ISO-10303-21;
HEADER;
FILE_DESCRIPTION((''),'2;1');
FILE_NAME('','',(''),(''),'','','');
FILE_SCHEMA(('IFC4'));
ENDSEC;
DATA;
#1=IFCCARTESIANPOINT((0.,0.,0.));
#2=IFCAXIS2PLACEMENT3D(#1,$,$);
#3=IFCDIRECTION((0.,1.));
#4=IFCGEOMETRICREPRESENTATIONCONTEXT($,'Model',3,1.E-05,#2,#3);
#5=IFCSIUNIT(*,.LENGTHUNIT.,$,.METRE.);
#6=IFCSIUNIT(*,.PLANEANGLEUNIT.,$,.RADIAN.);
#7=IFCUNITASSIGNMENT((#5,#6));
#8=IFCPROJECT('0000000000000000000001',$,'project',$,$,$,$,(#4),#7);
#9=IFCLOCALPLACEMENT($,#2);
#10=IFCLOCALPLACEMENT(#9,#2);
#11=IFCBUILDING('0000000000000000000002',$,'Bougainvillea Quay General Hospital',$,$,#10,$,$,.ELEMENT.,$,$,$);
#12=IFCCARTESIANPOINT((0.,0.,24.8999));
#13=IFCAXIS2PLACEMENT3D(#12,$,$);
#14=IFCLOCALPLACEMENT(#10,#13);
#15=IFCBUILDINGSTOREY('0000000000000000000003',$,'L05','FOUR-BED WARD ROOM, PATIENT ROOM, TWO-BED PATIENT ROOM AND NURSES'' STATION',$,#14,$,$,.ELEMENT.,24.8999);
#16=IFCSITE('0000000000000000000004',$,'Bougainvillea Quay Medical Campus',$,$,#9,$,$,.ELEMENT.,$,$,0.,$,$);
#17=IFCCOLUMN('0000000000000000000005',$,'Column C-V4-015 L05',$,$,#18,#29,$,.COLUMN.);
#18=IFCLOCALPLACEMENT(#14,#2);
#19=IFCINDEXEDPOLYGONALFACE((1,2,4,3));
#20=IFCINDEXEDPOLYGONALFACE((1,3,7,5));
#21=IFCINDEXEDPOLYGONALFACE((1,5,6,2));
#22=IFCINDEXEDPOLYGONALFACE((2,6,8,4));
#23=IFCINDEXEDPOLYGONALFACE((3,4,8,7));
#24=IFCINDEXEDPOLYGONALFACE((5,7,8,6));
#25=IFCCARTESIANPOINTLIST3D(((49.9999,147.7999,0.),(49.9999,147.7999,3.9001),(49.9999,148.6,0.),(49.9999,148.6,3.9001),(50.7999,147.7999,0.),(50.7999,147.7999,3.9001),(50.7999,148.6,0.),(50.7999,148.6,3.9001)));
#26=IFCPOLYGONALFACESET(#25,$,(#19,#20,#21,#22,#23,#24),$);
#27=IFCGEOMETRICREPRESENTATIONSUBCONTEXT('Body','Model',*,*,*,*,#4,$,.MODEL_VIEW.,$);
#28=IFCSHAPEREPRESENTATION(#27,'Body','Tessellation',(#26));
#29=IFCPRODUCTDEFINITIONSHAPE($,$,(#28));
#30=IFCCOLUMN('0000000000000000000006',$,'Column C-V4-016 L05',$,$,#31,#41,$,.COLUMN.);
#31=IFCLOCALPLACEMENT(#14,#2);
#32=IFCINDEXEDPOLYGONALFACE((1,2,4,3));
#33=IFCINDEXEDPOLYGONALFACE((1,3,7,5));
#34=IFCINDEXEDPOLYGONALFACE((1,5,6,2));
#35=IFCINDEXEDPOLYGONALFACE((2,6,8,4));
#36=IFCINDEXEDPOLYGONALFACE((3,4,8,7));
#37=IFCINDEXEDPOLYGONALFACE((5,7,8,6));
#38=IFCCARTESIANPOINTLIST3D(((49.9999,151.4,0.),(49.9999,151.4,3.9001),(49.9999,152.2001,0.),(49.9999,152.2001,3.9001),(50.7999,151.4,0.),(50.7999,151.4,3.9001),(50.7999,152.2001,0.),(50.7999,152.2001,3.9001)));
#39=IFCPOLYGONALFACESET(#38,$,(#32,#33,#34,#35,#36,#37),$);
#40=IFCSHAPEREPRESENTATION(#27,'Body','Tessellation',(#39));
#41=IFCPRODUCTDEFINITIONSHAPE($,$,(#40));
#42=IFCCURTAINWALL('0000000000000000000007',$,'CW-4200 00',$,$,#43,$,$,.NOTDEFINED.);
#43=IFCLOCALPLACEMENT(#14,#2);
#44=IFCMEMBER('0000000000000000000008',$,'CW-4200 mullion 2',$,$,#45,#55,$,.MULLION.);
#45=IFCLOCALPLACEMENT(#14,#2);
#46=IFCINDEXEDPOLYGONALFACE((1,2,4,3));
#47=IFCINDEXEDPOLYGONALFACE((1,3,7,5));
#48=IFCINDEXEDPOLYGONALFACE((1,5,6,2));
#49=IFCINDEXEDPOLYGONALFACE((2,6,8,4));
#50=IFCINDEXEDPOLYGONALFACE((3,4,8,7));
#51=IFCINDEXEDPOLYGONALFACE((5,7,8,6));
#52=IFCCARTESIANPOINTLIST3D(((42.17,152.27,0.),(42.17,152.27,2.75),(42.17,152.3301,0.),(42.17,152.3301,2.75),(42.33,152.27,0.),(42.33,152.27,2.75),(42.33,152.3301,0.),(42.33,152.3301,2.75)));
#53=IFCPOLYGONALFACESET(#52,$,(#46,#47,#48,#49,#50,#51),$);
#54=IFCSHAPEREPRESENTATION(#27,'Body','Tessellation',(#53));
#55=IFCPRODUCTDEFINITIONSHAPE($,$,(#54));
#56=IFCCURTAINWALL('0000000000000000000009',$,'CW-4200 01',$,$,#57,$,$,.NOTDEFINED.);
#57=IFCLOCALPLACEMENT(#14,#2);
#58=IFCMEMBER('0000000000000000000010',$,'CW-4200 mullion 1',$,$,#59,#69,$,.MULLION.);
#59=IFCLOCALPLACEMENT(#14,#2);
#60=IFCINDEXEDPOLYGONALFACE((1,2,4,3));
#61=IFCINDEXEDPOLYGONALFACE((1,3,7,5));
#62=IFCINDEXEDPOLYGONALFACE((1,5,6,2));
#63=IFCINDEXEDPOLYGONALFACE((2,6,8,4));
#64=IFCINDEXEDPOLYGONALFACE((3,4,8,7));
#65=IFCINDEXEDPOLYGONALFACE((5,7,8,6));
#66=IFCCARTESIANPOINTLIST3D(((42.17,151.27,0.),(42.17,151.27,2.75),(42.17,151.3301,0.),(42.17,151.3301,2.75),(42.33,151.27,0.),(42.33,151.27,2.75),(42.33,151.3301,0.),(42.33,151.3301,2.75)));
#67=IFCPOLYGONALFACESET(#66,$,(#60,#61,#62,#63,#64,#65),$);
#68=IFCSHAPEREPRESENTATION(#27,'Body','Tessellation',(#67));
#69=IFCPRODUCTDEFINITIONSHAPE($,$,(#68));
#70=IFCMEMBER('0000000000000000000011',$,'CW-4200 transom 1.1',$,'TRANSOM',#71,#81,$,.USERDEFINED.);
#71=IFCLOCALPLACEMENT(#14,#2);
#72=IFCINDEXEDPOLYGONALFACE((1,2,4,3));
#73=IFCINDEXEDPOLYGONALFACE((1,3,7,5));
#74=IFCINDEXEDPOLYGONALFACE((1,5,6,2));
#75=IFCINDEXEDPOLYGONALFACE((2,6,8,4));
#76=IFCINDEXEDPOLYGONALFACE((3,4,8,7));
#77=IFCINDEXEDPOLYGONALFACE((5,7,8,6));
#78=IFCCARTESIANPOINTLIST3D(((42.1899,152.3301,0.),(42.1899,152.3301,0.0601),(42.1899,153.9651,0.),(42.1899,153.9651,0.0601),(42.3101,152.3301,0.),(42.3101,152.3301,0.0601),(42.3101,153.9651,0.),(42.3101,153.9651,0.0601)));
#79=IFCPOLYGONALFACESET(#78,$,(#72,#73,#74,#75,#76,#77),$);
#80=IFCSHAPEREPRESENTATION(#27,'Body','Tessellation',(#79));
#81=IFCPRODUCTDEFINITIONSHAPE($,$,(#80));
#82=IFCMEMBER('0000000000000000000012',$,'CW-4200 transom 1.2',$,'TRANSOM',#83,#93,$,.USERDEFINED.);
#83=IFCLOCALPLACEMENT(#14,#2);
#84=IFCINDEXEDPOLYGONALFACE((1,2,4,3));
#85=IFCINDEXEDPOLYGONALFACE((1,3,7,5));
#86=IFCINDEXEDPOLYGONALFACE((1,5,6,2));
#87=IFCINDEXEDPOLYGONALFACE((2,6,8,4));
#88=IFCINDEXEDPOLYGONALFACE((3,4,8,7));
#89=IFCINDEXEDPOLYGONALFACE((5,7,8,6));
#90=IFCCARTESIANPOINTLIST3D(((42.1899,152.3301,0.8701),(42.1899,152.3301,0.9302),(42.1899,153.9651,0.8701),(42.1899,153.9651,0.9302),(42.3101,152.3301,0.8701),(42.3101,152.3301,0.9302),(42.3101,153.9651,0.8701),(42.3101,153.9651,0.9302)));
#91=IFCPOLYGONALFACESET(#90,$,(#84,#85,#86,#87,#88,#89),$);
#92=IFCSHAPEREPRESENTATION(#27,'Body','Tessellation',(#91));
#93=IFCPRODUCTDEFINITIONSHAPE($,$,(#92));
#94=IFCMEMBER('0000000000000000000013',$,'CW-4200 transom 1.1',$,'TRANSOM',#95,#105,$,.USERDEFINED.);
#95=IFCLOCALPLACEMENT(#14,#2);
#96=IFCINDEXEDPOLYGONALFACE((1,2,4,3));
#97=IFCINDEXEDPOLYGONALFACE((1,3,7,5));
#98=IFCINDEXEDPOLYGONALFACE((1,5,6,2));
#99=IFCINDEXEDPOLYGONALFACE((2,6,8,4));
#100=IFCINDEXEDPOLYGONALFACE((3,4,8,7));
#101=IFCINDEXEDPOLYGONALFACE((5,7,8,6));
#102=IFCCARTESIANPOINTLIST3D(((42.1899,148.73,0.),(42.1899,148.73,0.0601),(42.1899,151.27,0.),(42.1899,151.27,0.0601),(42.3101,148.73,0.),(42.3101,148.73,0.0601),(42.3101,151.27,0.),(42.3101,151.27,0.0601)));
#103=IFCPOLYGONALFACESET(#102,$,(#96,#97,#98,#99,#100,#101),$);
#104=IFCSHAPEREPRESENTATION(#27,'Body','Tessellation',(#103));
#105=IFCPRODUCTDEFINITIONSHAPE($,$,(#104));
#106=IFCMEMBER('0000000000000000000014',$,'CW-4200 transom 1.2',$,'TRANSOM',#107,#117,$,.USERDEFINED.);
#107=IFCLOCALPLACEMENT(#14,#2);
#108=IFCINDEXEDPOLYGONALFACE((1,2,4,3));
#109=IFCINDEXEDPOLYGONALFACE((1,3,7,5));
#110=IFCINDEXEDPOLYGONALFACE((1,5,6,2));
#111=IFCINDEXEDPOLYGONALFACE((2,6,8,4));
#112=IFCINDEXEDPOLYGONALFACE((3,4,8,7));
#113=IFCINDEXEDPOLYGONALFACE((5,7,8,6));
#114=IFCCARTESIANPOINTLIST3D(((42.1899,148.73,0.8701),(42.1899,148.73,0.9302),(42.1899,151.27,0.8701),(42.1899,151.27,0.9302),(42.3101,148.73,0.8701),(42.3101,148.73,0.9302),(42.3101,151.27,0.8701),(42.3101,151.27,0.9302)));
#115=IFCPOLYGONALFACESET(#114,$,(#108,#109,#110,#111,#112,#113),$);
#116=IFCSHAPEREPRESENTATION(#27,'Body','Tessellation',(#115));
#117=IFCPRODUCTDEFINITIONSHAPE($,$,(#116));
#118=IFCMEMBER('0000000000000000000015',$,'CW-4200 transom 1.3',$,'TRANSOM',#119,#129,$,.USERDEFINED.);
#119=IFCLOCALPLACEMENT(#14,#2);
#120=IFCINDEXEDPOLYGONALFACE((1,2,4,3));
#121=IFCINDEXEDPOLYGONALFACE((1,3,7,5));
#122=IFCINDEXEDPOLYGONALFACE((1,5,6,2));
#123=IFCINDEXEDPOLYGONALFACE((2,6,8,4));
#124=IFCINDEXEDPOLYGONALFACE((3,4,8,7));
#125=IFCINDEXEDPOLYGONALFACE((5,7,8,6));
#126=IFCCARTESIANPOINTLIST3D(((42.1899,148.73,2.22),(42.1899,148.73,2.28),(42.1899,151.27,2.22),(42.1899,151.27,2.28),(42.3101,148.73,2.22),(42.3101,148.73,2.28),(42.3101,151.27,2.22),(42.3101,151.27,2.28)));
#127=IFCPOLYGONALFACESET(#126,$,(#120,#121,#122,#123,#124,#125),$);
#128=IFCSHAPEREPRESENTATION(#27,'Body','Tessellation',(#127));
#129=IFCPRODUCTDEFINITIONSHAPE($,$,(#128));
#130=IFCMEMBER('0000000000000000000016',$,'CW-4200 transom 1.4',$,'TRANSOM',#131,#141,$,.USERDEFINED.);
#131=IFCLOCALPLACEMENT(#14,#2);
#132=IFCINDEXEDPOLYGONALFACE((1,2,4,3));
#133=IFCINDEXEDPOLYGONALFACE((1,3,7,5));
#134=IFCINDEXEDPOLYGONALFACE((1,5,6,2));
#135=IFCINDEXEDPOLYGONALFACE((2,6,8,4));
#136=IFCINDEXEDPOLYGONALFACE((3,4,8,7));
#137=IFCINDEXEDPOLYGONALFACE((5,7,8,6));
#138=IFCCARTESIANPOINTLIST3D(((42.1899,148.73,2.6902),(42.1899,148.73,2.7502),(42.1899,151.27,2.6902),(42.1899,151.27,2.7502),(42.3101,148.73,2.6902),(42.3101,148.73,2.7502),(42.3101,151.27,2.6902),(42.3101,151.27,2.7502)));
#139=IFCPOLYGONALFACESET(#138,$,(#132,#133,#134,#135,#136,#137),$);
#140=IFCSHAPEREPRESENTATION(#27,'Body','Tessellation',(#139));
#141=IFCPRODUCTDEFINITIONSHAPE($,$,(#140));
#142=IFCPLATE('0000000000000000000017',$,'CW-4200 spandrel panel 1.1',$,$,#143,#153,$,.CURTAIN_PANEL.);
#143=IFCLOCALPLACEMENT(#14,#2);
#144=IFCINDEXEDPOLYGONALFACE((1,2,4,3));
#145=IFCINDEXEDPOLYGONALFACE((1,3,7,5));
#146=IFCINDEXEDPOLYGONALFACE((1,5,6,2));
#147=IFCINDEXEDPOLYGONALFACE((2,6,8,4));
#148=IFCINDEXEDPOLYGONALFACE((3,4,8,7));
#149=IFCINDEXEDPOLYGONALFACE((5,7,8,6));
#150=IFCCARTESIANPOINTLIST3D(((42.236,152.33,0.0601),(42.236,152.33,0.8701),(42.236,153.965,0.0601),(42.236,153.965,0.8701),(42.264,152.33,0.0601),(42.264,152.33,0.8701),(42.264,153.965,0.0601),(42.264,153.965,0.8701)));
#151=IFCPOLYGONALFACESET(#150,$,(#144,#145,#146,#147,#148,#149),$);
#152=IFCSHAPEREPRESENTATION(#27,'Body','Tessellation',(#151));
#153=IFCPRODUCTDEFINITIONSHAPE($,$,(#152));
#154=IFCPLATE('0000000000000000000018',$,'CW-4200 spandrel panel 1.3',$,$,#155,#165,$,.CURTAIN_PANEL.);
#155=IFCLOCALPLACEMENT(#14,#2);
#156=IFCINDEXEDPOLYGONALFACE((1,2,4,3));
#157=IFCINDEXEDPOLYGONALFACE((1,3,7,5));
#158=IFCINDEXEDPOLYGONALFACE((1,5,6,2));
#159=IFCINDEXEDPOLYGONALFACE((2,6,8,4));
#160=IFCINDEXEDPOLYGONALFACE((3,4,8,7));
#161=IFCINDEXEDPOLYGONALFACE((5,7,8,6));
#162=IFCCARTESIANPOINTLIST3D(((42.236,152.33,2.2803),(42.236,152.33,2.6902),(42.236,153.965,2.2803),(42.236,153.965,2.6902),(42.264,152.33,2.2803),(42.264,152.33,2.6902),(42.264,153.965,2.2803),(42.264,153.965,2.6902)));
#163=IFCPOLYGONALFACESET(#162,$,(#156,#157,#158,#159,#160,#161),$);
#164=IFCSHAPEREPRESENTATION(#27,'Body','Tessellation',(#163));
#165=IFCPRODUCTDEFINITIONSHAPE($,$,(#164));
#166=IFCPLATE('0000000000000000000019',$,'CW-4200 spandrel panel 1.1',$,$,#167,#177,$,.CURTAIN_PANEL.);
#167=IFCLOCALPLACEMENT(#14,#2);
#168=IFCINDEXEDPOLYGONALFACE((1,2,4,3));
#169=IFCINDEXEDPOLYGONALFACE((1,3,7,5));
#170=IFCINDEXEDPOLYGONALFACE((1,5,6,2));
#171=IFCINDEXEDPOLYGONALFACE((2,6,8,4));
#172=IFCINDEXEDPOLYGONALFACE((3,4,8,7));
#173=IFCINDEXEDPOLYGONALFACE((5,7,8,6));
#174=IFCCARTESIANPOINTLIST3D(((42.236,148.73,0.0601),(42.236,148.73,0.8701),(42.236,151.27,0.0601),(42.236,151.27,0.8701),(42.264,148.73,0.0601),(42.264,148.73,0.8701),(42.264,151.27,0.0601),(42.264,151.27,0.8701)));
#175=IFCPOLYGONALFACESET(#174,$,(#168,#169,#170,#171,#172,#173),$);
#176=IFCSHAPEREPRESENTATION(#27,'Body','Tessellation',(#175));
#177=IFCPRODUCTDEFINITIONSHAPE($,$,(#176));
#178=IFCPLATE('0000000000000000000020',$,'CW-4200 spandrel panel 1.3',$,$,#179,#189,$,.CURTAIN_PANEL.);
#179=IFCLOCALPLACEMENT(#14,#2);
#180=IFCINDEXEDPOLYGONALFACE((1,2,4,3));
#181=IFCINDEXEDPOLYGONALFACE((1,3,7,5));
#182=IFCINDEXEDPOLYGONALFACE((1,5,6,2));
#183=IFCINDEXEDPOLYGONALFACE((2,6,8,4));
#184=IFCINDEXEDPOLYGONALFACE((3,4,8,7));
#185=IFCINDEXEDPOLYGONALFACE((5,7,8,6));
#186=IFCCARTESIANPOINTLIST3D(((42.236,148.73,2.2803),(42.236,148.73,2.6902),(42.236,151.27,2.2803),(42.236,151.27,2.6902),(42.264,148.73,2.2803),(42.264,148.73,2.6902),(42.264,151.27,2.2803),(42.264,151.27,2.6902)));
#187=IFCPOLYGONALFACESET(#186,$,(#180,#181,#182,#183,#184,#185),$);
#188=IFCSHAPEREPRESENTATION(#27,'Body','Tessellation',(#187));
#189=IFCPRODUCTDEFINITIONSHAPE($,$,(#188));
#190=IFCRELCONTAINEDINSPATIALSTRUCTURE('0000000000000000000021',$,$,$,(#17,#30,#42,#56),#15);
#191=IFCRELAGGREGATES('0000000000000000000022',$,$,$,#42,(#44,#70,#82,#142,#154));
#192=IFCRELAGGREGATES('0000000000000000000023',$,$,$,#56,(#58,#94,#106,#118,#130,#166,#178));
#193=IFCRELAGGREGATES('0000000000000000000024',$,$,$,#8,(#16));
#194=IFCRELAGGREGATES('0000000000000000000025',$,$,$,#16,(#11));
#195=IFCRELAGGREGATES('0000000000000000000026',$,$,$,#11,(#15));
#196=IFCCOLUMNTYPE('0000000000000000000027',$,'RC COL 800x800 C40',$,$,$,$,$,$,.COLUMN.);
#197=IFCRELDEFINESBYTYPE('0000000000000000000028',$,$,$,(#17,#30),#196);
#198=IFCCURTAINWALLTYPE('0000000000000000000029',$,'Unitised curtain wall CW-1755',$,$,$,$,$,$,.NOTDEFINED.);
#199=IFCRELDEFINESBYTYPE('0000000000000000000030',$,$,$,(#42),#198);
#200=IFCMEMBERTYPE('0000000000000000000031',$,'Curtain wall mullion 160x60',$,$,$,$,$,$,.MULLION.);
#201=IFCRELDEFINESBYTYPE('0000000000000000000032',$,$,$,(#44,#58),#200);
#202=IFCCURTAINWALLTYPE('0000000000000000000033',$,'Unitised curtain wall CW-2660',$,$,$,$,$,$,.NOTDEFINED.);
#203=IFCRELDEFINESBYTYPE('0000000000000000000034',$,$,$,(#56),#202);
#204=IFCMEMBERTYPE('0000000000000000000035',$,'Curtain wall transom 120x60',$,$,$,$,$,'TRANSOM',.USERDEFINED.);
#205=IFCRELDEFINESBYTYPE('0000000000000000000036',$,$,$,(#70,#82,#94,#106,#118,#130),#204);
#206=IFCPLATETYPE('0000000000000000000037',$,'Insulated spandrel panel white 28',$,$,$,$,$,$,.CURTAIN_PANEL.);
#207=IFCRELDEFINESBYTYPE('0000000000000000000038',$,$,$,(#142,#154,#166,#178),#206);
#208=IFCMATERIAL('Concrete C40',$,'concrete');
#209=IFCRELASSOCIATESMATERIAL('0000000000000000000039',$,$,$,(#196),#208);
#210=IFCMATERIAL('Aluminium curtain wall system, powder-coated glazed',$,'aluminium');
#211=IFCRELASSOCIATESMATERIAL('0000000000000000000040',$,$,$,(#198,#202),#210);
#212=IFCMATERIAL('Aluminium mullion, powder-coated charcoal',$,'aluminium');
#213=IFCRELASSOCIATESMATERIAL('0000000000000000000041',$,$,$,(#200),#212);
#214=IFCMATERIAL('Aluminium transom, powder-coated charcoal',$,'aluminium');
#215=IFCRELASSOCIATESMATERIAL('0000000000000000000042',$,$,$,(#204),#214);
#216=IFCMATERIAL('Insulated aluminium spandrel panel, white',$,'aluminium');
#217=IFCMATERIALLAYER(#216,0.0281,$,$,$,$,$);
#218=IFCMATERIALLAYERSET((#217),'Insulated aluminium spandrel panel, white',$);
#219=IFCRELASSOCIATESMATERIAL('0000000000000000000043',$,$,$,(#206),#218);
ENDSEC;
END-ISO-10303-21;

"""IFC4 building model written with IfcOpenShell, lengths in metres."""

from ifc_helpers import new_model, si_unit, direction, frame, origin, origin_2d, place, context, subcontext, project, spatial, rectangle, extrude, material, layer, layer_set, material_profile, profile_set, type_object, element, aggregate, save


model = new_model("IFC4")

# Units and contexts
model_context = context("Model", 3, precision=1e-05, world=origin(), true_north=direction((0.0, 1.0)))
body_context = subcontext(model_context, "Body", "Model", "MODEL_VIEW")
ifc_project = project(units=[si_unit("LENGTHUNIT", "METRE"), si_unit("PLANEANGLEUNIT", "RADIAN")], contexts=[model_context])

# Site, building, storey
site_placement = place(None, origin())
site = spatial("IfcSite", under=ifc_project, at=site_placement, Name="Bougainvillea Quay Medical Campus", CompositionType="ELEMENT", RefElevation=0.0)
building_placement = place(site_placement, origin())
building = spatial("IfcBuilding", under=site, at=building_placement, Name="Bougainvillea Quay General Hospital", CompositionType="ELEMENT")
storey_placement = place(building_placement, frame((0.0, 0.0, 24.8999)))
storey = spatial("IfcBuildingStorey", under=building, at=storey_placement, Name="L05", Description="FOUR-BED WARD ROOM, PATIENT ROOM, TWO-BED PATIENT ROOM AND NURSES' STATION", CompositionType="ELEMENT", Elevation=24.8999)

# Columns
ifc_material_1 = material(Name="Concrete C40", Category="concrete")
ifc_material_profile_1 = material_profile(ifc_material_1, rectangle(XDim=0.8, YDim=0.8, at=origin_2d()))
ifc_profile_set_1 = profile_set([ifc_material_profile_1], Name="Concrete C40")
column_type = type_object("IfcColumnType", Name="RC COL 800x800 C40", PredefinedType="COLUMN", material=ifc_profile_set_1)
for number, where, z_axis, x_axis, name in (
    (1, (50.3999, 148.2, 0.0), (0.0, 0.0, 1.0), (1.0, 0.0, 0.0), "Column C-V4-015 L05"),
    (2, (50.3999, 151.8, 0.0), (0.0, 0.0, 1.0), (1.0, 0.0, 0.0), "Column C-V4-016 L05"),
):
    element("IfcColumn", number, at=place(storey_placement, frame(where, z_axis=z_axis, x_axis=x_axis)), inside=storey, type_object=column_type, Name=name, PredefinedType="COLUMN", context=body_context, shape_type="SweptSolid", body=[
        extrude(rectangle(XDim=0.8, YDim=0.8, at=origin_2d()), origin(), (0.0, 0.0, 1.0), 3.9001),
    ])

# Curtain walls, members
ifc_material_2 = material(Name="Aluminium curtain wall system, powder-coated glazed", Category="aluminium")
curtain_wall_type_1 = type_object("IfcCurtainWallType", Name="Unitised curtain wall CW-1755", PredefinedType="NOTDEFINED", material=ifc_material_2)
curtain_wall_1_placement = place(storey_placement, origin())
curtain_wall_1 = element("IfcCurtainWall", 3, at=curtain_wall_1_placement, inside=storey, type_object=curtain_wall_type_1, Name="CW-4200 00", PredefinedType="NOTDEFINED")
ifc_material_3 = material(Name="Aluminium mullion, powder-coated charcoal", Category="aluminium")
ifc_material_profile_2 = material_profile(ifc_material_3, rectangle(XDim=0.1599, YDim=0.0601, at=origin_2d()))
ifc_profile_set_2 = profile_set([ifc_material_profile_2], Name="Aluminium mullion, powder-coated charcoal")
member_type_1 = type_object("IfcMemberType", Name="Curtain wall mullion 160x60", PredefinedType="MULLION", material=ifc_profile_set_2)
member_1_placement = place(storey_placement, frame((42.25, 152.3, 0.0), z_axis=(0.0, 0.0, 1.0), x_axis=(1.0, 0.0, 0.0)))
member_1 = element("IfcMember", 4, at=member_1_placement, type_object=member_type_1, Name="CW-4200 mullion 2", PredefinedType="MULLION", context=body_context, shape_type="SweptSolid", body=[
    extrude(rectangle(XDim=0.1599, YDim=0.0601, at=origin_2d()), origin(), (0.0, 0.0, 1.0), 2.75),
])
curtain_wall_type_2 = type_object("IfcCurtainWallType", Name="Unitised curtain wall CW-2660", PredefinedType="NOTDEFINED", material=ifc_material_2)
curtain_wall_2_placement = place(storey_placement, origin())
curtain_wall_2 = element("IfcCurtainWall", 5, at=curtain_wall_2_placement, inside=storey, type_object=curtain_wall_type_2, Name="CW-4200 01", PredefinedType="NOTDEFINED")
member_2_placement = place(storey_placement, frame((42.25, 151.3, 0.0), z_axis=(0.0, 0.0, 1.0), x_axis=(1.0, 0.0, 0.0)))
member_2 = element("IfcMember", 6, at=member_2_placement, type_object=member_type_1, Name="CW-4200 mullion 1", PredefinedType="MULLION", context=body_context, shape_type="SweptSolid", body=[
    extrude(rectangle(XDim=0.1599, YDim=0.0601, at=origin_2d()), origin(), (0.0, 0.0, 1.0), 2.75),
])

# Members
ifc_material_4 = material(Name="Aluminium transom, powder-coated charcoal", Category="aluminium")
ifc_material_profile_3 = material_profile(ifc_material_4, rectangle(XDim=0.1201, YDim=0.0601, at=origin_2d()))
ifc_profile_set_3 = profile_set([ifc_material_profile_3], Name="Aluminium transom, powder-coated charcoal")
member_type_2 = type_object("IfcMemberType", Name="Curtain wall transom 120x60", ElementType="TRANSOM", PredefinedType="USERDEFINED", material=ifc_profile_set_3)
member_3_placement = place(storey_placement, frame((42.25, 153.9651, 0.03), z_axis=(0.0, -1.0, 0.0), x_axis=(1.0, 0.0, 0.0)))
member_3 = element("IfcMember", 7, at=member_3_placement, type_object=member_type_2, Name="CW-4200 transom 1.1", ObjectType="TRANSOM", PredefinedType="USERDEFINED", context=body_context, shape_type="SweptSolid", body=[
    extrude(rectangle(XDim=0.1201, YDim=0.0601, at=origin_2d()), origin(), (0.0, 0.0, 1.0), 1.635),
])
member_4_placement = place(storey_placement, frame((42.25, 153.9651, 0.9001), z_axis=(0.0, -1.0, 0.0), x_axis=(1.0, 0.0, 0.0)))
member_4 = element("IfcMember", 8, at=member_4_placement, type_object=member_type_2, Name="CW-4200 transom 1.2", ObjectType="TRANSOM", PredefinedType="USERDEFINED", context=body_context, shape_type="SweptSolid", body=[
    extrude(rectangle(XDim=0.1201, YDim=0.0601, at=origin_2d()), origin(), (0.0, 0.0, 1.0), 1.635),
])
member_5_placement = place(storey_placement, frame((42.25, 151.27, 0.03), z_axis=(0.0, -1.0, 0.0), x_axis=(1.0, 0.0, 0.0)))
member_5 = element("IfcMember", 9, at=member_5_placement, type_object=member_type_2, Name="CW-4200 transom 1.1", ObjectType="TRANSOM", PredefinedType="USERDEFINED", context=body_context, shape_type="SweptSolid", body=[
    extrude(rectangle(XDim=0.1201, YDim=0.0601, at=origin_2d()), origin(), (0.0, 0.0, 1.0), 2.54),
])
member_6_placement = place(storey_placement, frame((42.25, 151.27, 0.9001), z_axis=(0.0, -1.0, 0.0), x_axis=(1.0, 0.0, 0.0)))
member_6 = element("IfcMember", 10, at=member_6_placement, type_object=member_type_2, Name="CW-4200 transom 1.2", ObjectType="TRANSOM", PredefinedType="USERDEFINED", context=body_context, shape_type="SweptSolid", body=[
    extrude(rectangle(XDim=0.1201, YDim=0.0601, at=origin_2d()), origin(), (0.0, 0.0, 1.0), 2.54),
])
member_7_placement = place(storey_placement, frame((42.25, 151.27, 2.25), z_axis=(0.0, -1.0, 0.0), x_axis=(1.0, 0.0, 0.0)))
member_7 = element("IfcMember", 11, at=member_7_placement, type_object=member_type_2, Name="CW-4200 transom 1.3", ObjectType="TRANSOM", PredefinedType="USERDEFINED", context=body_context, shape_type="SweptSolid", body=[
    extrude(rectangle(XDim=0.1201, YDim=0.0601, at=origin_2d()), origin(), (0.0, 0.0, 1.0), 2.54),
])
member_8_placement = place(storey_placement, frame((42.25, 151.27, 2.7202), z_axis=(0.0, -1.0, 0.0), x_axis=(1.0, 0.0, 0.0)))
member_8 = element("IfcMember", 12, at=member_8_placement, type_object=member_type_2, Name="CW-4200 transom 1.4", ObjectType="TRANSOM", PredefinedType="USERDEFINED", context=body_context, shape_type="SweptSolid", body=[
    extrude(rectangle(XDim=0.1201, YDim=0.0601, at=origin_2d()), origin(), (0.0, 0.0, 1.0), 2.54),
])

# Plates
ifc_material_5 = material(Name="Insulated aluminium spandrel panel, white", Category="aluminium")
ifc_layer_1 = layer(ifc_material_5, 0.0281)
ifc_layer_set_1 = layer_set([ifc_layer_1], Name="Insulated aluminium spandrel panel, white")
plate_type_1 = type_object("IfcPlateType", Name="Insulated spandrel panel white 28", PredefinedType="CURTAIN_PANEL", material=ifc_layer_set_1)
plate_1_placement = place(storey_placement, frame((42.25, 153.1475, 0.0601), z_axis=(0.0, 0.0, 1.0), x_axis=(0.0, -1.0, 0.0)))
plate_1 = element("IfcPlate", 13, at=plate_1_placement, type_object=plate_type_1, Name="CW-4200 spandrel panel 1.1", PredefinedType="CURTAIN_PANEL", context=body_context, shape_type="SweptSolid", body=[
    extrude(rectangle(XDim=1.635, YDim=0.0281, at=origin_2d()), origin(), (0.0, 0.0, 1.0), 0.8101),
])
plate_2_placement = place(storey_placement, frame((42.25, 153.1475, 2.2803), z_axis=(0.0, 0.0, 1.0), x_axis=(0.0, -1.0, 0.0)))
plate_2 = element("IfcPlate", 14, at=plate_2_placement, type_object=plate_type_1, Name="CW-4200 spandrel panel 1.3", PredefinedType="CURTAIN_PANEL", context=body_context, shape_type="SweptSolid", body=[
    extrude(rectangle(XDim=1.635, YDim=0.0281, at=origin_2d()), origin(), (0.0, 0.0, 1.0), 0.4099),
])
plate_3_placement = place(storey_placement, frame((42.25, 150.0, 0.0601), z_axis=(0.0, 0.0, 1.0), x_axis=(0.0, -1.0, 0.0)))
plate_3 = element("IfcPlate", 15, at=plate_3_placement, type_object=plate_type_1, Name="CW-4200 spandrel panel 1.1", PredefinedType="CURTAIN_PANEL", context=body_context, shape_type="SweptSolid", body=[
    extrude(rectangle(XDim=2.54, YDim=0.0281, at=origin_2d()), origin(), (0.0, 0.0, 1.0), 0.8101),
])
plate_4_placement = place(storey_placement, frame((42.25, 150.0, 2.2803), z_axis=(0.0, 0.0, 1.0), x_axis=(0.0, -1.0, 0.0)))
plate_4 = element("IfcPlate", 16, at=plate_4_placement, type_object=plate_type_1, Name="CW-4200 spandrel panel 1.3", PredefinedType="CURTAIN_PANEL", context=body_context, shape_type="SweptSolid", body=[
    extrude(rectangle(XDim=2.54, YDim=0.0281, at=origin_2d()), origin(), (0.0, 0.0, 1.0), 0.4099),
])
aggregate(curtain_wall_1, [member_1, member_3, member_4, plate_1, plate_2])
aggregate(curtain_wall_2, [member_2, member_5, member_6, member_7, member_8, plate_3, plate_4])

save(model, "model.ifc")
